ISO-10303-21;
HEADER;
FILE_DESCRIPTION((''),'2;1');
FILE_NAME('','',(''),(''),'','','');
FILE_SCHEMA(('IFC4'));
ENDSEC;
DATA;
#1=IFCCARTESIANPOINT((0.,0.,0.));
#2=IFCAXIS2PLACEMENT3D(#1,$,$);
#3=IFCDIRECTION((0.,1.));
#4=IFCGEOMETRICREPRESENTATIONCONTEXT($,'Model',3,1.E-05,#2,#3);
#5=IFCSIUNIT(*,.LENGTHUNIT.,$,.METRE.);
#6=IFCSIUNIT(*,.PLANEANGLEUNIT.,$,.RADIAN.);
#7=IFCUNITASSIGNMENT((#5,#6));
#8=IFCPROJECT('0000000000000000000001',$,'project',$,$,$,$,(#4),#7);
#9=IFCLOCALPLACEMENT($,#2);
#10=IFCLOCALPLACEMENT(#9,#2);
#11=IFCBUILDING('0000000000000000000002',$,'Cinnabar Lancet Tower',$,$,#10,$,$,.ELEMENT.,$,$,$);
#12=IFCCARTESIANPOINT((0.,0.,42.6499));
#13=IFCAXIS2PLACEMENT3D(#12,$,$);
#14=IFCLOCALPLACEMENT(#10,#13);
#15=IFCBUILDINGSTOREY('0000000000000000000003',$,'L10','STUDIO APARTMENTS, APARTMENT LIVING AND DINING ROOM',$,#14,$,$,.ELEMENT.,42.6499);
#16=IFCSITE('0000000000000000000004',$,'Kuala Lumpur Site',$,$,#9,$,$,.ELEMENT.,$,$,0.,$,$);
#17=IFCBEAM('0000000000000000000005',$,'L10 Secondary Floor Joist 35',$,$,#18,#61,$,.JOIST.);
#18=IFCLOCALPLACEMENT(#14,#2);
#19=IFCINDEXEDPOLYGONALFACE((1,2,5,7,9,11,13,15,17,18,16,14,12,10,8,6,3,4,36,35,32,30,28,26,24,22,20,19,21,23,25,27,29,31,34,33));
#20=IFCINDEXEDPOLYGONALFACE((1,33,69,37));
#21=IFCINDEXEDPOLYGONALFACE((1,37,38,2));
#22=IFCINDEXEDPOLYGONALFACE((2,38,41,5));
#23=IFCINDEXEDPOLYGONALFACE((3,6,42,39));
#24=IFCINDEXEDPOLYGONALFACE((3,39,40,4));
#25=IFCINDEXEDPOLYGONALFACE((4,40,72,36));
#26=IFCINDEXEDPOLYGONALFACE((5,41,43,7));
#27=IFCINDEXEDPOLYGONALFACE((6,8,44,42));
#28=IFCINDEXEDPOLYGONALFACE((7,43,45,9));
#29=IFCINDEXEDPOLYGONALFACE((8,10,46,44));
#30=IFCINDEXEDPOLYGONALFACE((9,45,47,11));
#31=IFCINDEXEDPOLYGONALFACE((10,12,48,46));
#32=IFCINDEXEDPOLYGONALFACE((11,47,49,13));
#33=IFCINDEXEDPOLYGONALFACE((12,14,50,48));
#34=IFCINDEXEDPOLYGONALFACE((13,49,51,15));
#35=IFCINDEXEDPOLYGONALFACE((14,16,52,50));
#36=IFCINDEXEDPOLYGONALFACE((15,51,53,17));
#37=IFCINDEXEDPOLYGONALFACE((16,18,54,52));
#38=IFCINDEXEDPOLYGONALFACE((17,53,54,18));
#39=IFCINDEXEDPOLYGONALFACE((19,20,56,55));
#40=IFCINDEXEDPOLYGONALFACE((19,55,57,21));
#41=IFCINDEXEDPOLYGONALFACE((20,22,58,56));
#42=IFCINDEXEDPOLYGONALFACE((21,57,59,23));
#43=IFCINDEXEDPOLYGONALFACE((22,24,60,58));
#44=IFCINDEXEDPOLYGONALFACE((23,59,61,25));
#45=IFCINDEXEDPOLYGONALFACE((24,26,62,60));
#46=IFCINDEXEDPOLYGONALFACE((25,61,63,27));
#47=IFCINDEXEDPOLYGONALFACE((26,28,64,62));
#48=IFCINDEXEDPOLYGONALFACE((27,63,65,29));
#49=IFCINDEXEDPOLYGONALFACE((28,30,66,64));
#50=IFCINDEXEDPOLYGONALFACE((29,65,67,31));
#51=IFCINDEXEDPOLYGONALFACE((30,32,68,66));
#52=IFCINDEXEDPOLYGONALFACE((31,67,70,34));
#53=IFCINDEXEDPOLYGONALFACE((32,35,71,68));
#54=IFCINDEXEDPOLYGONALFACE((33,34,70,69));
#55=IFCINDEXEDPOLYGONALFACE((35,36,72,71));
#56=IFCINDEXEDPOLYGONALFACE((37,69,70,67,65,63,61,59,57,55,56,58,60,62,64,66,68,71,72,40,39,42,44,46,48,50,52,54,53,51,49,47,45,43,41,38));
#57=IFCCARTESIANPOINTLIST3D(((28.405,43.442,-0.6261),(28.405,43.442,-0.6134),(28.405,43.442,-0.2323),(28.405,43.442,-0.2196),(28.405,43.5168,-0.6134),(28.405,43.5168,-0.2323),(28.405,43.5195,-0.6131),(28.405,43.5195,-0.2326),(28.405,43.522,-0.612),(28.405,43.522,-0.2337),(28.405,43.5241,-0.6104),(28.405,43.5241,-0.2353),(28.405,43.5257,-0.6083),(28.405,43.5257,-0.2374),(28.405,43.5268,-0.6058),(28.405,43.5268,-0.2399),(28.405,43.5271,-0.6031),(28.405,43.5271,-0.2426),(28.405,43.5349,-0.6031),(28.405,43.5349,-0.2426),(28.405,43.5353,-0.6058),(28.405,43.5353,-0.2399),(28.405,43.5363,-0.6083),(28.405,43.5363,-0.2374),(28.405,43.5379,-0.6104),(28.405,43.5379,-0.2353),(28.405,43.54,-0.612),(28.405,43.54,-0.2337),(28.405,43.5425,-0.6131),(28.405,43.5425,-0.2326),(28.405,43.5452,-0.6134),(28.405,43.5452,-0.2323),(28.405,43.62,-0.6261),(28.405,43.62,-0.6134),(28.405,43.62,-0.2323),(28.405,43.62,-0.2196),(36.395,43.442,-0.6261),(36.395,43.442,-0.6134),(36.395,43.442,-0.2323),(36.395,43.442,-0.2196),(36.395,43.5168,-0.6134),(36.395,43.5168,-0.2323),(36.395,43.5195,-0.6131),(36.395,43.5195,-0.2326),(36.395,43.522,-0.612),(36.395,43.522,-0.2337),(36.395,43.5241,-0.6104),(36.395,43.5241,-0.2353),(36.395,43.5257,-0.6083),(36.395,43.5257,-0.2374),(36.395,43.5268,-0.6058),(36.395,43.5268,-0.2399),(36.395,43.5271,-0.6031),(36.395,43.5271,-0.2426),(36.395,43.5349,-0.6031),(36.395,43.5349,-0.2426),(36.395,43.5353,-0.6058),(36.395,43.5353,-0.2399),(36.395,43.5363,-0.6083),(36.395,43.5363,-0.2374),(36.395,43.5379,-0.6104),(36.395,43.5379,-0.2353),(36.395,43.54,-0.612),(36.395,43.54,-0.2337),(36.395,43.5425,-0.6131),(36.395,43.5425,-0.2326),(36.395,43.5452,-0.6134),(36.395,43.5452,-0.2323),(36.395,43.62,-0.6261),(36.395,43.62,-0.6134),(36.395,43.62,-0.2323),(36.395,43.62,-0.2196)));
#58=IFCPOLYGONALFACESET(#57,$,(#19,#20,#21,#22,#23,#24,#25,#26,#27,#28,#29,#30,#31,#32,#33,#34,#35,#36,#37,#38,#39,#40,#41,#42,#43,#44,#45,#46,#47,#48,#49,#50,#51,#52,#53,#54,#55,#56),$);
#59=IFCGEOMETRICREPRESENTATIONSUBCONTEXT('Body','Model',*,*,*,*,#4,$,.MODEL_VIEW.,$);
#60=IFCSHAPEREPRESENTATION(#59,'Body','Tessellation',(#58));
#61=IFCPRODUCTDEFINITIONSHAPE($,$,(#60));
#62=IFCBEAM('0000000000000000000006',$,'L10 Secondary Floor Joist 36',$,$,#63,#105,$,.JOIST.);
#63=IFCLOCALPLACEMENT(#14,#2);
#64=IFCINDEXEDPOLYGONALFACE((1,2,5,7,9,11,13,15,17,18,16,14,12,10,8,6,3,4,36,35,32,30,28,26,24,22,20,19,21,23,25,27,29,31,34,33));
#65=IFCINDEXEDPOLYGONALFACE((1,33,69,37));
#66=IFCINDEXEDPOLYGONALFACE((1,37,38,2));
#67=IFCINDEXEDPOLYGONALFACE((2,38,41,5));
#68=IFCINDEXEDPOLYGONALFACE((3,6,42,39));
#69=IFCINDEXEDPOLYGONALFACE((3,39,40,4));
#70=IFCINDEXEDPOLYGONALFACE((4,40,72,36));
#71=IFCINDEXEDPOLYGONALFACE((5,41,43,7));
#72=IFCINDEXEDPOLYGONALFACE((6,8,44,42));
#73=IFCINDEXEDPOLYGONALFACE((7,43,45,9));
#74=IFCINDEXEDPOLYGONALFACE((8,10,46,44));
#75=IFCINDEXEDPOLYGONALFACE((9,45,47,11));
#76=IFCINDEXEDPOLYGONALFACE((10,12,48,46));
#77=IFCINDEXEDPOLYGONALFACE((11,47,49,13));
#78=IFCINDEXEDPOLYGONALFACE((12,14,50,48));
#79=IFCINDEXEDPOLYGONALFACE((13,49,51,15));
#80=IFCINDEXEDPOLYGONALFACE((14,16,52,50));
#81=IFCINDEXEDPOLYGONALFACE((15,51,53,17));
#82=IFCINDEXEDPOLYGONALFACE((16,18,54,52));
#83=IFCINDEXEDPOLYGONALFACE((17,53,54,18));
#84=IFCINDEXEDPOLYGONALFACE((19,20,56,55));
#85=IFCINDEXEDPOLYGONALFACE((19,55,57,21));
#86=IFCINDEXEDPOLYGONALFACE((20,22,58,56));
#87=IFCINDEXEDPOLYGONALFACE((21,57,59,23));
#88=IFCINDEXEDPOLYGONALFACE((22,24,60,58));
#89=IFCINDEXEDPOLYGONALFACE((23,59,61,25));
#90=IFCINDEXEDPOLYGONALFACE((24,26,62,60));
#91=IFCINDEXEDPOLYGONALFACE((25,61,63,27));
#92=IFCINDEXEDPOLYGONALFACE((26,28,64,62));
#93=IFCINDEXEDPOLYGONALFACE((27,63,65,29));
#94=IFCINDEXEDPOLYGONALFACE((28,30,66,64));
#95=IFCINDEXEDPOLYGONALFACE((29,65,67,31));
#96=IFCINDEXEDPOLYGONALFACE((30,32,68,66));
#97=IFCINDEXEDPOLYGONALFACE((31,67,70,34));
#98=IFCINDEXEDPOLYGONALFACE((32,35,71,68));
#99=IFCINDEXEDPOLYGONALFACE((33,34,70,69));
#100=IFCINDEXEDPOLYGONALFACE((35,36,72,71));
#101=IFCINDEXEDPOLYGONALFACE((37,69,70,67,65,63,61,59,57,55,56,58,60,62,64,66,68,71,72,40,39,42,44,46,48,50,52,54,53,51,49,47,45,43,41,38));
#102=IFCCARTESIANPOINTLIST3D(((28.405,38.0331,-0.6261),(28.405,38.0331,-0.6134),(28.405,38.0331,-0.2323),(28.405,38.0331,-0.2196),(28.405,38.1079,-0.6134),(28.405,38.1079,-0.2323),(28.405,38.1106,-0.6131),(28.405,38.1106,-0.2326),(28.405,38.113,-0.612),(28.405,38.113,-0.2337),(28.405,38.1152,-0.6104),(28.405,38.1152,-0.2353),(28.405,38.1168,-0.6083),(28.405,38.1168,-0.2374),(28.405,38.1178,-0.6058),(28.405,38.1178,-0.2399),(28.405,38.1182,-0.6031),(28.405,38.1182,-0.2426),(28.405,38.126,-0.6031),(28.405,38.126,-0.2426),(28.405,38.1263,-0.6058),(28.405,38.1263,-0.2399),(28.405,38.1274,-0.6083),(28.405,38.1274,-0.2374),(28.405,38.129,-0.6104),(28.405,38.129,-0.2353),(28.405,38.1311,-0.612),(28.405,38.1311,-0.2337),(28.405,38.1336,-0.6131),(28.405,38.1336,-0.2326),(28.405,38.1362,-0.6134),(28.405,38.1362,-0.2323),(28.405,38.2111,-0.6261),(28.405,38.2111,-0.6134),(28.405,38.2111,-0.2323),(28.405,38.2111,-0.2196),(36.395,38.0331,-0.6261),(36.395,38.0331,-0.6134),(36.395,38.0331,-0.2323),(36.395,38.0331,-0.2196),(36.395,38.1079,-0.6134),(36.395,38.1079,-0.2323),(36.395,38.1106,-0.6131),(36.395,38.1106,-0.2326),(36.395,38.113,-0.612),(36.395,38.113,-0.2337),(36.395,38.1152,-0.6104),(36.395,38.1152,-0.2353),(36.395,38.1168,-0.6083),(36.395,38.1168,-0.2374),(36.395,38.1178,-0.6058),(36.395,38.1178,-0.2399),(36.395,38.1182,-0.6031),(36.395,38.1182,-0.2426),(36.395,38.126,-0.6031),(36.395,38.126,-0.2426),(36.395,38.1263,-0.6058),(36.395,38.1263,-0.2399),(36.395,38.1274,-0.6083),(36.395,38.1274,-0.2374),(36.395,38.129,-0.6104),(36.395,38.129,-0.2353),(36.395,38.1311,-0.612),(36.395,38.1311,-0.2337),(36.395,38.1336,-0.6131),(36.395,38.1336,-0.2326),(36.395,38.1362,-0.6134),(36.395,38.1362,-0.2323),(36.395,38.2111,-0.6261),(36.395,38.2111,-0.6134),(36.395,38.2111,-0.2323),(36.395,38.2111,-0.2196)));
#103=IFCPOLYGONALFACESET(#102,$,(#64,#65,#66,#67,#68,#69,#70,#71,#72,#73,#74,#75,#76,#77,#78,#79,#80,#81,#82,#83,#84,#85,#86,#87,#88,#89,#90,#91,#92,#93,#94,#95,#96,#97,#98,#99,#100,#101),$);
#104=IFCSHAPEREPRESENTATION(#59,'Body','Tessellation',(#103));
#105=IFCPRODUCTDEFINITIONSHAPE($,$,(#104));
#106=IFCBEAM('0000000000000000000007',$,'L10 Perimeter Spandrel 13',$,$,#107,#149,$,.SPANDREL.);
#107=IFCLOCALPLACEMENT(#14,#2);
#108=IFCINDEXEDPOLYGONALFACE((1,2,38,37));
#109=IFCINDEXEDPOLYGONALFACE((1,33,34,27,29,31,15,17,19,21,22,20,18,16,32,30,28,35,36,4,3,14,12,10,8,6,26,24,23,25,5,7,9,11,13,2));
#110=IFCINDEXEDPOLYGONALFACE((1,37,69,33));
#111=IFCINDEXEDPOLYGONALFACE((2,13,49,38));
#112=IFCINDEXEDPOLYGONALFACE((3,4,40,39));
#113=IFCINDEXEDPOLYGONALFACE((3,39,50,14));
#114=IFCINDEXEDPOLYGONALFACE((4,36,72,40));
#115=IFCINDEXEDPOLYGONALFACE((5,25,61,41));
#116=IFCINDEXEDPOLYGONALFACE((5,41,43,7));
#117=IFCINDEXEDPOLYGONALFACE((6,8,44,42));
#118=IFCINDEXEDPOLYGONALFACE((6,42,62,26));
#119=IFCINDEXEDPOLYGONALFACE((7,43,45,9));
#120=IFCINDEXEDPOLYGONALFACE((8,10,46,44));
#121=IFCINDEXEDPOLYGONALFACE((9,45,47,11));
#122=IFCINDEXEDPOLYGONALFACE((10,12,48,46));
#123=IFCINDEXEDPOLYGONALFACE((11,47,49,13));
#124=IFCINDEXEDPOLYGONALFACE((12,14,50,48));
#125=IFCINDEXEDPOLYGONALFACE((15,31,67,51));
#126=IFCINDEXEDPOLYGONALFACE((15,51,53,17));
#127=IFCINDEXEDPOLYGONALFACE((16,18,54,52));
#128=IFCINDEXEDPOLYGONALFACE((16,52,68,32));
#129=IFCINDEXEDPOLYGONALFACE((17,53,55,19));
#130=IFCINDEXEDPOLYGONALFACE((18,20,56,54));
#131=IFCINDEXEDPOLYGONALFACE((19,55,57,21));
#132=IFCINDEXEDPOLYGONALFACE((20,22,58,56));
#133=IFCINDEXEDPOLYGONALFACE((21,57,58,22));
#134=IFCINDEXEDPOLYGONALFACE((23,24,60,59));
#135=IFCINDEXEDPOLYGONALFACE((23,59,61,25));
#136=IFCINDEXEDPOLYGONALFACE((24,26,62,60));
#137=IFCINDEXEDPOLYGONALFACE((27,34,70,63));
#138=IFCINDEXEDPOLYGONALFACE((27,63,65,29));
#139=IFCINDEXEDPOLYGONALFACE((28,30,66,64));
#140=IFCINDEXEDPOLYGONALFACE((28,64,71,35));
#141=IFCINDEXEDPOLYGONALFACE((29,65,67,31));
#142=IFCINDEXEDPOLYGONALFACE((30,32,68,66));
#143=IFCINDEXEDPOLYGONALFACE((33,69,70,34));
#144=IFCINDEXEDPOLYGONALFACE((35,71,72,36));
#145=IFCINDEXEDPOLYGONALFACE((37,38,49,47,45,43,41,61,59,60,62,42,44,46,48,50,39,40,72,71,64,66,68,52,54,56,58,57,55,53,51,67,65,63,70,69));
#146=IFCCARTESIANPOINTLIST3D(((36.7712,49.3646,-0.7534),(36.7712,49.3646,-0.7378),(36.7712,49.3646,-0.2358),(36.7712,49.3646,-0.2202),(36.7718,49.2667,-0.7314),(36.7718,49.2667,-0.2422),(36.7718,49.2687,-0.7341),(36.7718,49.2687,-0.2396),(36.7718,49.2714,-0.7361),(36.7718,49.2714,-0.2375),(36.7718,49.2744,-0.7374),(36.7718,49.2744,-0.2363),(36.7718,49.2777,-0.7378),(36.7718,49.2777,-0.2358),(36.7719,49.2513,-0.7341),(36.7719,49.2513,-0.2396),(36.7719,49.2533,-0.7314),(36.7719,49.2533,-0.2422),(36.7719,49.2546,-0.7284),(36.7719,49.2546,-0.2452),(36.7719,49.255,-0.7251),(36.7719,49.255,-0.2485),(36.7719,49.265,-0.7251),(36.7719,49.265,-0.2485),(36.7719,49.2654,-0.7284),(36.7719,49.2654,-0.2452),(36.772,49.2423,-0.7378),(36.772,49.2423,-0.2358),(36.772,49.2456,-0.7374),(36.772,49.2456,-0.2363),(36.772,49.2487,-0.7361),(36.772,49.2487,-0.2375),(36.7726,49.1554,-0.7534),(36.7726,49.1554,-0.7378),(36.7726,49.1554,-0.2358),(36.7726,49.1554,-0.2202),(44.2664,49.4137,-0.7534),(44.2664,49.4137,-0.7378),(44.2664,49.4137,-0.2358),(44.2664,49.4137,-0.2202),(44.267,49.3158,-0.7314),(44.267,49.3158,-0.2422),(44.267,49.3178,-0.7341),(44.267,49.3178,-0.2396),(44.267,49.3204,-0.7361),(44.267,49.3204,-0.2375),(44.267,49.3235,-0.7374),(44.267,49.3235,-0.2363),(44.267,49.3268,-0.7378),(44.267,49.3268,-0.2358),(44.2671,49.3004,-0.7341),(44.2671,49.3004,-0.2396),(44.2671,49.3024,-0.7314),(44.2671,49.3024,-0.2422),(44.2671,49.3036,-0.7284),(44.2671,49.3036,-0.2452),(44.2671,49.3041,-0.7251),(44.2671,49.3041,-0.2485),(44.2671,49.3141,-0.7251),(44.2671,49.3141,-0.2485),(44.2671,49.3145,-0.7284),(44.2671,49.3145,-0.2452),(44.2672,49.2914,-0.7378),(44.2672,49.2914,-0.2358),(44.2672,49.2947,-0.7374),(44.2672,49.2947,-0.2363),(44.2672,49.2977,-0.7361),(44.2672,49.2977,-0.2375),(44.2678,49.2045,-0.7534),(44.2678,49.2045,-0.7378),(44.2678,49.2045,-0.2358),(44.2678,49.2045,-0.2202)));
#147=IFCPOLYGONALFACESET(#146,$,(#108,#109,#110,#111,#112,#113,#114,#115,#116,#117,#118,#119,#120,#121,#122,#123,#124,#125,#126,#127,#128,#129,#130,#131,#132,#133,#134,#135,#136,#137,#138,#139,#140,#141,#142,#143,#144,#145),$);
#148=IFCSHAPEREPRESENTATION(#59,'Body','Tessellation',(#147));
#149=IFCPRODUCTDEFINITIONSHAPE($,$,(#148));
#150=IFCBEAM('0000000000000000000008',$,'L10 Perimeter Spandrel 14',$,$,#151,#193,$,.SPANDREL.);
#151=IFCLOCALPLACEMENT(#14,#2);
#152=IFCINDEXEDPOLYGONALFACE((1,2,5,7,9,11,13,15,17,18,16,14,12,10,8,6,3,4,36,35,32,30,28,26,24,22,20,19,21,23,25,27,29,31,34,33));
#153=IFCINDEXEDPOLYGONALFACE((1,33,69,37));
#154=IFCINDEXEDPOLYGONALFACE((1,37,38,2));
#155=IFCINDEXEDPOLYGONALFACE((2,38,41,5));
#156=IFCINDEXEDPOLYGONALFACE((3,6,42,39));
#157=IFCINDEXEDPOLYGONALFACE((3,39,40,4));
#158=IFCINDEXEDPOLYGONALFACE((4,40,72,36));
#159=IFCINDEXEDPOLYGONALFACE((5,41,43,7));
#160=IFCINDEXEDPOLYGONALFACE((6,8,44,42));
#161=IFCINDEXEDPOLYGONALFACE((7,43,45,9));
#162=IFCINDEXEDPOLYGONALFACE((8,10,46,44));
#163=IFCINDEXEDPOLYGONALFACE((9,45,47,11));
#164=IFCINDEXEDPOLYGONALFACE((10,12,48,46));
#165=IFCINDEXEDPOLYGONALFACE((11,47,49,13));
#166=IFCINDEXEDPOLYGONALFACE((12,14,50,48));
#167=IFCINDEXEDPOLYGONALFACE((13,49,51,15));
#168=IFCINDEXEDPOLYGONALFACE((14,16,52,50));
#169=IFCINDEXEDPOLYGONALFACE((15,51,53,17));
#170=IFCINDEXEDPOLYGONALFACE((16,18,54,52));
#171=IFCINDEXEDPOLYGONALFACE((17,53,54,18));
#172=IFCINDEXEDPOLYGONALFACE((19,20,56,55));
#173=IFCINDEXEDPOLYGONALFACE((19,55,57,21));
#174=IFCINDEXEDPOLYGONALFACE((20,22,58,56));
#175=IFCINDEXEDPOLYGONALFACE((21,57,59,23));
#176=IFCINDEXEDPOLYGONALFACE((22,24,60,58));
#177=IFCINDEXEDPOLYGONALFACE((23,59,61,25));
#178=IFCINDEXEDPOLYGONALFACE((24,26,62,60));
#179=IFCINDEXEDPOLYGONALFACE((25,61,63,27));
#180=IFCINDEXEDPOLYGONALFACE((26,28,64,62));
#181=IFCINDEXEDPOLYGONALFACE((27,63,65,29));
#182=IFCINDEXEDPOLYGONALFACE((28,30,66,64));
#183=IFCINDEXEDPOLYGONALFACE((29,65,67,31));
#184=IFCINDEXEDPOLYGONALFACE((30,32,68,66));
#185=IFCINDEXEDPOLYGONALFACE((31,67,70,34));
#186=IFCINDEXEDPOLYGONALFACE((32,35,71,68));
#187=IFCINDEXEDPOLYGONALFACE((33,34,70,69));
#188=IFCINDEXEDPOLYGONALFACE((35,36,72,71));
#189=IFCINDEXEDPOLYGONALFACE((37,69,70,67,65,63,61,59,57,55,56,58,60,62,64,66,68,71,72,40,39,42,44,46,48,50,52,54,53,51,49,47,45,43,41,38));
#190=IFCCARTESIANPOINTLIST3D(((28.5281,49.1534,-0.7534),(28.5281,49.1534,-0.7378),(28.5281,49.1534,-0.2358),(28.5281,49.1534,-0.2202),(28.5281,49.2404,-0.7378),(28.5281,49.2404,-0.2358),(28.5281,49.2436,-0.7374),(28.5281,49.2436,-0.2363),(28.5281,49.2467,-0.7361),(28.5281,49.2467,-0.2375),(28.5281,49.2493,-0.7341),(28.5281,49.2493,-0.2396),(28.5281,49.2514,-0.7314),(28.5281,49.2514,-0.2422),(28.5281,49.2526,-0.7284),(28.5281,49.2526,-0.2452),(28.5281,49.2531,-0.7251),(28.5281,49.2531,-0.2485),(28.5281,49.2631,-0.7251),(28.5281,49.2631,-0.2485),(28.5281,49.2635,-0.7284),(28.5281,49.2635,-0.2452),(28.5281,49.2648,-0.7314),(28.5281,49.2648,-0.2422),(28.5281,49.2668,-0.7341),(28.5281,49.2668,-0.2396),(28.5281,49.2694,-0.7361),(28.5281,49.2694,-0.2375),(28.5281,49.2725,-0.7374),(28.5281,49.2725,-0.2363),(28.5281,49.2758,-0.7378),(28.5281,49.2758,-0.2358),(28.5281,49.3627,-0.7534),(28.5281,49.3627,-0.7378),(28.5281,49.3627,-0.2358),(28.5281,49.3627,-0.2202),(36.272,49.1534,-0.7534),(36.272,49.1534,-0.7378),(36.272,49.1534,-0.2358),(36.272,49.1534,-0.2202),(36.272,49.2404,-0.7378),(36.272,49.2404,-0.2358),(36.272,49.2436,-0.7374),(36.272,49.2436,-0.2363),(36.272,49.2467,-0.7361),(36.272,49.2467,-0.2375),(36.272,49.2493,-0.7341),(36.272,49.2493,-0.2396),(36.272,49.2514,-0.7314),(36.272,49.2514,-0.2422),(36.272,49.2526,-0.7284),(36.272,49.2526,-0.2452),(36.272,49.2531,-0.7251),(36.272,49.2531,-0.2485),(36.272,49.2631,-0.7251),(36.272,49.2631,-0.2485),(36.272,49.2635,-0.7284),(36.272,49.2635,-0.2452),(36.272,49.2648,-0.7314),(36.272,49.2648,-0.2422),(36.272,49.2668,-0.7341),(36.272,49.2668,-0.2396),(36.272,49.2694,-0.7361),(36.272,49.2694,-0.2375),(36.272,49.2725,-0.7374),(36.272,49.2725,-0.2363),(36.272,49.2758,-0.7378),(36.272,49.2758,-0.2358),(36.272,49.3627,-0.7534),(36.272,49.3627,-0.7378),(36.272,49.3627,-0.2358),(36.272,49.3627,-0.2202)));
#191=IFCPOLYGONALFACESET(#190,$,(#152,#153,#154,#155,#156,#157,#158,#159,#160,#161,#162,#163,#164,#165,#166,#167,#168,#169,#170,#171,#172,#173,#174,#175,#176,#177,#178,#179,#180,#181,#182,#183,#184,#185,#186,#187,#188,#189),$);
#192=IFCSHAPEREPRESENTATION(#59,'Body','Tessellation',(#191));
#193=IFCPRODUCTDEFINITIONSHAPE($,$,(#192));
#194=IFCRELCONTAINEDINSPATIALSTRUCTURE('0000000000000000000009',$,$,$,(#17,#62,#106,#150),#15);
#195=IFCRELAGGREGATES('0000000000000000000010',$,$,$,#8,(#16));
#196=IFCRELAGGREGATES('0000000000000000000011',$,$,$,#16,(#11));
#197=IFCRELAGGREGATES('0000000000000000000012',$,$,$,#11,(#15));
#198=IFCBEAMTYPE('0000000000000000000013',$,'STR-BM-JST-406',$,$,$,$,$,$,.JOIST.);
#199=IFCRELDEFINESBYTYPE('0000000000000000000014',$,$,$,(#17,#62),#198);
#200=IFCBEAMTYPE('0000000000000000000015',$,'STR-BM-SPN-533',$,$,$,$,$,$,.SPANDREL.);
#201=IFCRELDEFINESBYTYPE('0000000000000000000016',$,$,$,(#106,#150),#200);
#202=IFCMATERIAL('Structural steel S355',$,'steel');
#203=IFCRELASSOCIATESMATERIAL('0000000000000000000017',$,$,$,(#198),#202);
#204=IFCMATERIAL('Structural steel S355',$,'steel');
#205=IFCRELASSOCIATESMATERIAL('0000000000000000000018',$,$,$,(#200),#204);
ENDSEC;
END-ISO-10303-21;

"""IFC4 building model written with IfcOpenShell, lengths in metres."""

from ifc_helpers import new_model, si_unit, direction, frame, origin, origin_2d, place, context, subcontext, project, spatial, i_section, extrude, material, material_profile, profile_set, type_object, element, save


model = new_model("IFC4")

# Units and contexts
model_context = context("Model", 3, precision=1e-05, world=origin(), true_north=direction((0.0, 1.0)))
body_context = subcontext(model_context, "Body", "Model", "MODEL_VIEW")
ifc_project = project(units=[si_unit("LENGTHUNIT", "METRE"), si_unit("PLANEANGLEUNIT", "RADIAN")], contexts=[model_context])

# Site, building, storey
site_placement = place(None, origin())
site = spatial("IfcSite", under=ifc_project, at=site_placement, Name="Kuala Lumpur Site", CompositionType="ELEMENT", RefElevation=0.0)
building_placement = place(site_placement, origin())
building = spatial("IfcBuilding", under=site, at=building_placement, Name="Cinnabar Lancet Tower", CompositionType="ELEMENT")
storey_placement = place(building_placement, frame((0.0, 0.0, 42.6499)))
storey = spatial("IfcBuildingStorey", under=building, at=storey_placement, Name="L10", Description="STUDIO APARTMENTS, APARTMENT LIVING AND DINING ROOM", CompositionType="ELEMENT", Elevation=42.6499)

# Beams
ifc_material_1 = material(Name="Structural steel S355", Category="steel")
ifc_material_profile_1 = material_profile(ifc_material_1, i_section(OverallWidth=0.178, OverallDepth=0.4065, WebThickness=0.0078, FlangeThickness=0.0127, FilletRadius=0.0103, at=origin_2d()), Name="UKB 406x178x60")
ifc_profile_set_1 = profile_set([ifc_material_profile_1], Name="Structural steel S355")
beam_type_1 = type_object("IfcBeamType", Name="STR-BM-JST-406", PredefinedType="JOIST", material=ifc_profile_set_1)
for number, where, z_axis, x_axis, name in (
    (1, (36.395, 43.531, -0.4229), (-1.0, 0.0, 0.0), (0.0, -1.0, 0.0), "L10 Secondary Floor Joist 35"),
    (2, (36.395, 38.1221, -0.4229), (-1.0, 0.0, 0.0), (0.0, -1.0, 0.0), "L10 Secondary Floor Joist 36"),
):
    element("IfcBeam", number, at=place(storey_placement, frame(where, z_axis=z_axis, x_axis=x_axis)), inside=storey, type_object=beam_type_1, Name=name, PredefinedType="JOIST", context=body_context, shape_type="SweptSolid", body=[
        extrude(i_section(OverallWidth=0.178, OverallDepth=0.4065, WebThickness=0.0078, FlangeThickness=0.0127, FilletRadius=0.0103, at=origin_2d()), origin(), (0.0, 0.0, 1.0), 7.99),
    ])
ifc_material_2 = material(Name="Structural steel S355", Category="steel")
ifc_material_profile_2 = material_profile(ifc_material_2, i_section(OverallWidth=0.2092, OverallDepth=0.5332, WebThickness=0.01, FlangeThickness=0.0156, FilletRadius=0.0127, at=origin_2d()), Name="UKB 533x210x92")
ifc_profile_set_2 = profile_set([ifc_material_profile_2], Name="Structural steel S355")
beam_type_2 = type_object("IfcBeamType", Name="STR-BM-SPN-533", PredefinedType="SPANDREL", material=ifc_profile_set_2)
beam_1_placement = place(storey_placement, frame((44.2671, 49.3091, -0.4868), z_axis=(-0.999979, -0.006547, 0.0), x_axis=(0.006547, -0.999979, 0.0)))
element("IfcBeam", 3, at=beam_1_placement, inside=storey, type_object=beam_type_2, Name="L10 Perimeter Spandrel 13", PredefinedType="SPANDREL", context=body_context, shape_type="SweptSolid", body=[
    extrude(i_section(OverallWidth=0.2092, OverallDepth=0.5332, WebThickness=0.01, FlangeThickness=0.0156, FilletRadius=0.0127, at=origin_2d()), origin(), (0.0, 0.0, 1.0), 7.4954),
])
beam_2_placement = place(storey_placement, frame((36.272, 49.2581, -0.4868), z_axis=(-1.0, 0.0, 0.0), x_axis=(0.0, -1.0, 0.0)))
element("IfcBeam", 4, at=beam_2_placement, inside=storey, type_object=beam_type_2, Name="L10 Perimeter Spandrel 14", PredefinedType="SPANDREL", context=body_context, shape_type="SweptSolid", body=[
    extrude(i_section(OverallWidth=0.2092, OverallDepth=0.5332, WebThickness=0.01, FlangeThickness=0.0156, FilletRadius=0.0127, at=origin_2d()), origin(), (0.0, 0.0, 1.0), 7.7439),
])

save(model, "model.ifc")
